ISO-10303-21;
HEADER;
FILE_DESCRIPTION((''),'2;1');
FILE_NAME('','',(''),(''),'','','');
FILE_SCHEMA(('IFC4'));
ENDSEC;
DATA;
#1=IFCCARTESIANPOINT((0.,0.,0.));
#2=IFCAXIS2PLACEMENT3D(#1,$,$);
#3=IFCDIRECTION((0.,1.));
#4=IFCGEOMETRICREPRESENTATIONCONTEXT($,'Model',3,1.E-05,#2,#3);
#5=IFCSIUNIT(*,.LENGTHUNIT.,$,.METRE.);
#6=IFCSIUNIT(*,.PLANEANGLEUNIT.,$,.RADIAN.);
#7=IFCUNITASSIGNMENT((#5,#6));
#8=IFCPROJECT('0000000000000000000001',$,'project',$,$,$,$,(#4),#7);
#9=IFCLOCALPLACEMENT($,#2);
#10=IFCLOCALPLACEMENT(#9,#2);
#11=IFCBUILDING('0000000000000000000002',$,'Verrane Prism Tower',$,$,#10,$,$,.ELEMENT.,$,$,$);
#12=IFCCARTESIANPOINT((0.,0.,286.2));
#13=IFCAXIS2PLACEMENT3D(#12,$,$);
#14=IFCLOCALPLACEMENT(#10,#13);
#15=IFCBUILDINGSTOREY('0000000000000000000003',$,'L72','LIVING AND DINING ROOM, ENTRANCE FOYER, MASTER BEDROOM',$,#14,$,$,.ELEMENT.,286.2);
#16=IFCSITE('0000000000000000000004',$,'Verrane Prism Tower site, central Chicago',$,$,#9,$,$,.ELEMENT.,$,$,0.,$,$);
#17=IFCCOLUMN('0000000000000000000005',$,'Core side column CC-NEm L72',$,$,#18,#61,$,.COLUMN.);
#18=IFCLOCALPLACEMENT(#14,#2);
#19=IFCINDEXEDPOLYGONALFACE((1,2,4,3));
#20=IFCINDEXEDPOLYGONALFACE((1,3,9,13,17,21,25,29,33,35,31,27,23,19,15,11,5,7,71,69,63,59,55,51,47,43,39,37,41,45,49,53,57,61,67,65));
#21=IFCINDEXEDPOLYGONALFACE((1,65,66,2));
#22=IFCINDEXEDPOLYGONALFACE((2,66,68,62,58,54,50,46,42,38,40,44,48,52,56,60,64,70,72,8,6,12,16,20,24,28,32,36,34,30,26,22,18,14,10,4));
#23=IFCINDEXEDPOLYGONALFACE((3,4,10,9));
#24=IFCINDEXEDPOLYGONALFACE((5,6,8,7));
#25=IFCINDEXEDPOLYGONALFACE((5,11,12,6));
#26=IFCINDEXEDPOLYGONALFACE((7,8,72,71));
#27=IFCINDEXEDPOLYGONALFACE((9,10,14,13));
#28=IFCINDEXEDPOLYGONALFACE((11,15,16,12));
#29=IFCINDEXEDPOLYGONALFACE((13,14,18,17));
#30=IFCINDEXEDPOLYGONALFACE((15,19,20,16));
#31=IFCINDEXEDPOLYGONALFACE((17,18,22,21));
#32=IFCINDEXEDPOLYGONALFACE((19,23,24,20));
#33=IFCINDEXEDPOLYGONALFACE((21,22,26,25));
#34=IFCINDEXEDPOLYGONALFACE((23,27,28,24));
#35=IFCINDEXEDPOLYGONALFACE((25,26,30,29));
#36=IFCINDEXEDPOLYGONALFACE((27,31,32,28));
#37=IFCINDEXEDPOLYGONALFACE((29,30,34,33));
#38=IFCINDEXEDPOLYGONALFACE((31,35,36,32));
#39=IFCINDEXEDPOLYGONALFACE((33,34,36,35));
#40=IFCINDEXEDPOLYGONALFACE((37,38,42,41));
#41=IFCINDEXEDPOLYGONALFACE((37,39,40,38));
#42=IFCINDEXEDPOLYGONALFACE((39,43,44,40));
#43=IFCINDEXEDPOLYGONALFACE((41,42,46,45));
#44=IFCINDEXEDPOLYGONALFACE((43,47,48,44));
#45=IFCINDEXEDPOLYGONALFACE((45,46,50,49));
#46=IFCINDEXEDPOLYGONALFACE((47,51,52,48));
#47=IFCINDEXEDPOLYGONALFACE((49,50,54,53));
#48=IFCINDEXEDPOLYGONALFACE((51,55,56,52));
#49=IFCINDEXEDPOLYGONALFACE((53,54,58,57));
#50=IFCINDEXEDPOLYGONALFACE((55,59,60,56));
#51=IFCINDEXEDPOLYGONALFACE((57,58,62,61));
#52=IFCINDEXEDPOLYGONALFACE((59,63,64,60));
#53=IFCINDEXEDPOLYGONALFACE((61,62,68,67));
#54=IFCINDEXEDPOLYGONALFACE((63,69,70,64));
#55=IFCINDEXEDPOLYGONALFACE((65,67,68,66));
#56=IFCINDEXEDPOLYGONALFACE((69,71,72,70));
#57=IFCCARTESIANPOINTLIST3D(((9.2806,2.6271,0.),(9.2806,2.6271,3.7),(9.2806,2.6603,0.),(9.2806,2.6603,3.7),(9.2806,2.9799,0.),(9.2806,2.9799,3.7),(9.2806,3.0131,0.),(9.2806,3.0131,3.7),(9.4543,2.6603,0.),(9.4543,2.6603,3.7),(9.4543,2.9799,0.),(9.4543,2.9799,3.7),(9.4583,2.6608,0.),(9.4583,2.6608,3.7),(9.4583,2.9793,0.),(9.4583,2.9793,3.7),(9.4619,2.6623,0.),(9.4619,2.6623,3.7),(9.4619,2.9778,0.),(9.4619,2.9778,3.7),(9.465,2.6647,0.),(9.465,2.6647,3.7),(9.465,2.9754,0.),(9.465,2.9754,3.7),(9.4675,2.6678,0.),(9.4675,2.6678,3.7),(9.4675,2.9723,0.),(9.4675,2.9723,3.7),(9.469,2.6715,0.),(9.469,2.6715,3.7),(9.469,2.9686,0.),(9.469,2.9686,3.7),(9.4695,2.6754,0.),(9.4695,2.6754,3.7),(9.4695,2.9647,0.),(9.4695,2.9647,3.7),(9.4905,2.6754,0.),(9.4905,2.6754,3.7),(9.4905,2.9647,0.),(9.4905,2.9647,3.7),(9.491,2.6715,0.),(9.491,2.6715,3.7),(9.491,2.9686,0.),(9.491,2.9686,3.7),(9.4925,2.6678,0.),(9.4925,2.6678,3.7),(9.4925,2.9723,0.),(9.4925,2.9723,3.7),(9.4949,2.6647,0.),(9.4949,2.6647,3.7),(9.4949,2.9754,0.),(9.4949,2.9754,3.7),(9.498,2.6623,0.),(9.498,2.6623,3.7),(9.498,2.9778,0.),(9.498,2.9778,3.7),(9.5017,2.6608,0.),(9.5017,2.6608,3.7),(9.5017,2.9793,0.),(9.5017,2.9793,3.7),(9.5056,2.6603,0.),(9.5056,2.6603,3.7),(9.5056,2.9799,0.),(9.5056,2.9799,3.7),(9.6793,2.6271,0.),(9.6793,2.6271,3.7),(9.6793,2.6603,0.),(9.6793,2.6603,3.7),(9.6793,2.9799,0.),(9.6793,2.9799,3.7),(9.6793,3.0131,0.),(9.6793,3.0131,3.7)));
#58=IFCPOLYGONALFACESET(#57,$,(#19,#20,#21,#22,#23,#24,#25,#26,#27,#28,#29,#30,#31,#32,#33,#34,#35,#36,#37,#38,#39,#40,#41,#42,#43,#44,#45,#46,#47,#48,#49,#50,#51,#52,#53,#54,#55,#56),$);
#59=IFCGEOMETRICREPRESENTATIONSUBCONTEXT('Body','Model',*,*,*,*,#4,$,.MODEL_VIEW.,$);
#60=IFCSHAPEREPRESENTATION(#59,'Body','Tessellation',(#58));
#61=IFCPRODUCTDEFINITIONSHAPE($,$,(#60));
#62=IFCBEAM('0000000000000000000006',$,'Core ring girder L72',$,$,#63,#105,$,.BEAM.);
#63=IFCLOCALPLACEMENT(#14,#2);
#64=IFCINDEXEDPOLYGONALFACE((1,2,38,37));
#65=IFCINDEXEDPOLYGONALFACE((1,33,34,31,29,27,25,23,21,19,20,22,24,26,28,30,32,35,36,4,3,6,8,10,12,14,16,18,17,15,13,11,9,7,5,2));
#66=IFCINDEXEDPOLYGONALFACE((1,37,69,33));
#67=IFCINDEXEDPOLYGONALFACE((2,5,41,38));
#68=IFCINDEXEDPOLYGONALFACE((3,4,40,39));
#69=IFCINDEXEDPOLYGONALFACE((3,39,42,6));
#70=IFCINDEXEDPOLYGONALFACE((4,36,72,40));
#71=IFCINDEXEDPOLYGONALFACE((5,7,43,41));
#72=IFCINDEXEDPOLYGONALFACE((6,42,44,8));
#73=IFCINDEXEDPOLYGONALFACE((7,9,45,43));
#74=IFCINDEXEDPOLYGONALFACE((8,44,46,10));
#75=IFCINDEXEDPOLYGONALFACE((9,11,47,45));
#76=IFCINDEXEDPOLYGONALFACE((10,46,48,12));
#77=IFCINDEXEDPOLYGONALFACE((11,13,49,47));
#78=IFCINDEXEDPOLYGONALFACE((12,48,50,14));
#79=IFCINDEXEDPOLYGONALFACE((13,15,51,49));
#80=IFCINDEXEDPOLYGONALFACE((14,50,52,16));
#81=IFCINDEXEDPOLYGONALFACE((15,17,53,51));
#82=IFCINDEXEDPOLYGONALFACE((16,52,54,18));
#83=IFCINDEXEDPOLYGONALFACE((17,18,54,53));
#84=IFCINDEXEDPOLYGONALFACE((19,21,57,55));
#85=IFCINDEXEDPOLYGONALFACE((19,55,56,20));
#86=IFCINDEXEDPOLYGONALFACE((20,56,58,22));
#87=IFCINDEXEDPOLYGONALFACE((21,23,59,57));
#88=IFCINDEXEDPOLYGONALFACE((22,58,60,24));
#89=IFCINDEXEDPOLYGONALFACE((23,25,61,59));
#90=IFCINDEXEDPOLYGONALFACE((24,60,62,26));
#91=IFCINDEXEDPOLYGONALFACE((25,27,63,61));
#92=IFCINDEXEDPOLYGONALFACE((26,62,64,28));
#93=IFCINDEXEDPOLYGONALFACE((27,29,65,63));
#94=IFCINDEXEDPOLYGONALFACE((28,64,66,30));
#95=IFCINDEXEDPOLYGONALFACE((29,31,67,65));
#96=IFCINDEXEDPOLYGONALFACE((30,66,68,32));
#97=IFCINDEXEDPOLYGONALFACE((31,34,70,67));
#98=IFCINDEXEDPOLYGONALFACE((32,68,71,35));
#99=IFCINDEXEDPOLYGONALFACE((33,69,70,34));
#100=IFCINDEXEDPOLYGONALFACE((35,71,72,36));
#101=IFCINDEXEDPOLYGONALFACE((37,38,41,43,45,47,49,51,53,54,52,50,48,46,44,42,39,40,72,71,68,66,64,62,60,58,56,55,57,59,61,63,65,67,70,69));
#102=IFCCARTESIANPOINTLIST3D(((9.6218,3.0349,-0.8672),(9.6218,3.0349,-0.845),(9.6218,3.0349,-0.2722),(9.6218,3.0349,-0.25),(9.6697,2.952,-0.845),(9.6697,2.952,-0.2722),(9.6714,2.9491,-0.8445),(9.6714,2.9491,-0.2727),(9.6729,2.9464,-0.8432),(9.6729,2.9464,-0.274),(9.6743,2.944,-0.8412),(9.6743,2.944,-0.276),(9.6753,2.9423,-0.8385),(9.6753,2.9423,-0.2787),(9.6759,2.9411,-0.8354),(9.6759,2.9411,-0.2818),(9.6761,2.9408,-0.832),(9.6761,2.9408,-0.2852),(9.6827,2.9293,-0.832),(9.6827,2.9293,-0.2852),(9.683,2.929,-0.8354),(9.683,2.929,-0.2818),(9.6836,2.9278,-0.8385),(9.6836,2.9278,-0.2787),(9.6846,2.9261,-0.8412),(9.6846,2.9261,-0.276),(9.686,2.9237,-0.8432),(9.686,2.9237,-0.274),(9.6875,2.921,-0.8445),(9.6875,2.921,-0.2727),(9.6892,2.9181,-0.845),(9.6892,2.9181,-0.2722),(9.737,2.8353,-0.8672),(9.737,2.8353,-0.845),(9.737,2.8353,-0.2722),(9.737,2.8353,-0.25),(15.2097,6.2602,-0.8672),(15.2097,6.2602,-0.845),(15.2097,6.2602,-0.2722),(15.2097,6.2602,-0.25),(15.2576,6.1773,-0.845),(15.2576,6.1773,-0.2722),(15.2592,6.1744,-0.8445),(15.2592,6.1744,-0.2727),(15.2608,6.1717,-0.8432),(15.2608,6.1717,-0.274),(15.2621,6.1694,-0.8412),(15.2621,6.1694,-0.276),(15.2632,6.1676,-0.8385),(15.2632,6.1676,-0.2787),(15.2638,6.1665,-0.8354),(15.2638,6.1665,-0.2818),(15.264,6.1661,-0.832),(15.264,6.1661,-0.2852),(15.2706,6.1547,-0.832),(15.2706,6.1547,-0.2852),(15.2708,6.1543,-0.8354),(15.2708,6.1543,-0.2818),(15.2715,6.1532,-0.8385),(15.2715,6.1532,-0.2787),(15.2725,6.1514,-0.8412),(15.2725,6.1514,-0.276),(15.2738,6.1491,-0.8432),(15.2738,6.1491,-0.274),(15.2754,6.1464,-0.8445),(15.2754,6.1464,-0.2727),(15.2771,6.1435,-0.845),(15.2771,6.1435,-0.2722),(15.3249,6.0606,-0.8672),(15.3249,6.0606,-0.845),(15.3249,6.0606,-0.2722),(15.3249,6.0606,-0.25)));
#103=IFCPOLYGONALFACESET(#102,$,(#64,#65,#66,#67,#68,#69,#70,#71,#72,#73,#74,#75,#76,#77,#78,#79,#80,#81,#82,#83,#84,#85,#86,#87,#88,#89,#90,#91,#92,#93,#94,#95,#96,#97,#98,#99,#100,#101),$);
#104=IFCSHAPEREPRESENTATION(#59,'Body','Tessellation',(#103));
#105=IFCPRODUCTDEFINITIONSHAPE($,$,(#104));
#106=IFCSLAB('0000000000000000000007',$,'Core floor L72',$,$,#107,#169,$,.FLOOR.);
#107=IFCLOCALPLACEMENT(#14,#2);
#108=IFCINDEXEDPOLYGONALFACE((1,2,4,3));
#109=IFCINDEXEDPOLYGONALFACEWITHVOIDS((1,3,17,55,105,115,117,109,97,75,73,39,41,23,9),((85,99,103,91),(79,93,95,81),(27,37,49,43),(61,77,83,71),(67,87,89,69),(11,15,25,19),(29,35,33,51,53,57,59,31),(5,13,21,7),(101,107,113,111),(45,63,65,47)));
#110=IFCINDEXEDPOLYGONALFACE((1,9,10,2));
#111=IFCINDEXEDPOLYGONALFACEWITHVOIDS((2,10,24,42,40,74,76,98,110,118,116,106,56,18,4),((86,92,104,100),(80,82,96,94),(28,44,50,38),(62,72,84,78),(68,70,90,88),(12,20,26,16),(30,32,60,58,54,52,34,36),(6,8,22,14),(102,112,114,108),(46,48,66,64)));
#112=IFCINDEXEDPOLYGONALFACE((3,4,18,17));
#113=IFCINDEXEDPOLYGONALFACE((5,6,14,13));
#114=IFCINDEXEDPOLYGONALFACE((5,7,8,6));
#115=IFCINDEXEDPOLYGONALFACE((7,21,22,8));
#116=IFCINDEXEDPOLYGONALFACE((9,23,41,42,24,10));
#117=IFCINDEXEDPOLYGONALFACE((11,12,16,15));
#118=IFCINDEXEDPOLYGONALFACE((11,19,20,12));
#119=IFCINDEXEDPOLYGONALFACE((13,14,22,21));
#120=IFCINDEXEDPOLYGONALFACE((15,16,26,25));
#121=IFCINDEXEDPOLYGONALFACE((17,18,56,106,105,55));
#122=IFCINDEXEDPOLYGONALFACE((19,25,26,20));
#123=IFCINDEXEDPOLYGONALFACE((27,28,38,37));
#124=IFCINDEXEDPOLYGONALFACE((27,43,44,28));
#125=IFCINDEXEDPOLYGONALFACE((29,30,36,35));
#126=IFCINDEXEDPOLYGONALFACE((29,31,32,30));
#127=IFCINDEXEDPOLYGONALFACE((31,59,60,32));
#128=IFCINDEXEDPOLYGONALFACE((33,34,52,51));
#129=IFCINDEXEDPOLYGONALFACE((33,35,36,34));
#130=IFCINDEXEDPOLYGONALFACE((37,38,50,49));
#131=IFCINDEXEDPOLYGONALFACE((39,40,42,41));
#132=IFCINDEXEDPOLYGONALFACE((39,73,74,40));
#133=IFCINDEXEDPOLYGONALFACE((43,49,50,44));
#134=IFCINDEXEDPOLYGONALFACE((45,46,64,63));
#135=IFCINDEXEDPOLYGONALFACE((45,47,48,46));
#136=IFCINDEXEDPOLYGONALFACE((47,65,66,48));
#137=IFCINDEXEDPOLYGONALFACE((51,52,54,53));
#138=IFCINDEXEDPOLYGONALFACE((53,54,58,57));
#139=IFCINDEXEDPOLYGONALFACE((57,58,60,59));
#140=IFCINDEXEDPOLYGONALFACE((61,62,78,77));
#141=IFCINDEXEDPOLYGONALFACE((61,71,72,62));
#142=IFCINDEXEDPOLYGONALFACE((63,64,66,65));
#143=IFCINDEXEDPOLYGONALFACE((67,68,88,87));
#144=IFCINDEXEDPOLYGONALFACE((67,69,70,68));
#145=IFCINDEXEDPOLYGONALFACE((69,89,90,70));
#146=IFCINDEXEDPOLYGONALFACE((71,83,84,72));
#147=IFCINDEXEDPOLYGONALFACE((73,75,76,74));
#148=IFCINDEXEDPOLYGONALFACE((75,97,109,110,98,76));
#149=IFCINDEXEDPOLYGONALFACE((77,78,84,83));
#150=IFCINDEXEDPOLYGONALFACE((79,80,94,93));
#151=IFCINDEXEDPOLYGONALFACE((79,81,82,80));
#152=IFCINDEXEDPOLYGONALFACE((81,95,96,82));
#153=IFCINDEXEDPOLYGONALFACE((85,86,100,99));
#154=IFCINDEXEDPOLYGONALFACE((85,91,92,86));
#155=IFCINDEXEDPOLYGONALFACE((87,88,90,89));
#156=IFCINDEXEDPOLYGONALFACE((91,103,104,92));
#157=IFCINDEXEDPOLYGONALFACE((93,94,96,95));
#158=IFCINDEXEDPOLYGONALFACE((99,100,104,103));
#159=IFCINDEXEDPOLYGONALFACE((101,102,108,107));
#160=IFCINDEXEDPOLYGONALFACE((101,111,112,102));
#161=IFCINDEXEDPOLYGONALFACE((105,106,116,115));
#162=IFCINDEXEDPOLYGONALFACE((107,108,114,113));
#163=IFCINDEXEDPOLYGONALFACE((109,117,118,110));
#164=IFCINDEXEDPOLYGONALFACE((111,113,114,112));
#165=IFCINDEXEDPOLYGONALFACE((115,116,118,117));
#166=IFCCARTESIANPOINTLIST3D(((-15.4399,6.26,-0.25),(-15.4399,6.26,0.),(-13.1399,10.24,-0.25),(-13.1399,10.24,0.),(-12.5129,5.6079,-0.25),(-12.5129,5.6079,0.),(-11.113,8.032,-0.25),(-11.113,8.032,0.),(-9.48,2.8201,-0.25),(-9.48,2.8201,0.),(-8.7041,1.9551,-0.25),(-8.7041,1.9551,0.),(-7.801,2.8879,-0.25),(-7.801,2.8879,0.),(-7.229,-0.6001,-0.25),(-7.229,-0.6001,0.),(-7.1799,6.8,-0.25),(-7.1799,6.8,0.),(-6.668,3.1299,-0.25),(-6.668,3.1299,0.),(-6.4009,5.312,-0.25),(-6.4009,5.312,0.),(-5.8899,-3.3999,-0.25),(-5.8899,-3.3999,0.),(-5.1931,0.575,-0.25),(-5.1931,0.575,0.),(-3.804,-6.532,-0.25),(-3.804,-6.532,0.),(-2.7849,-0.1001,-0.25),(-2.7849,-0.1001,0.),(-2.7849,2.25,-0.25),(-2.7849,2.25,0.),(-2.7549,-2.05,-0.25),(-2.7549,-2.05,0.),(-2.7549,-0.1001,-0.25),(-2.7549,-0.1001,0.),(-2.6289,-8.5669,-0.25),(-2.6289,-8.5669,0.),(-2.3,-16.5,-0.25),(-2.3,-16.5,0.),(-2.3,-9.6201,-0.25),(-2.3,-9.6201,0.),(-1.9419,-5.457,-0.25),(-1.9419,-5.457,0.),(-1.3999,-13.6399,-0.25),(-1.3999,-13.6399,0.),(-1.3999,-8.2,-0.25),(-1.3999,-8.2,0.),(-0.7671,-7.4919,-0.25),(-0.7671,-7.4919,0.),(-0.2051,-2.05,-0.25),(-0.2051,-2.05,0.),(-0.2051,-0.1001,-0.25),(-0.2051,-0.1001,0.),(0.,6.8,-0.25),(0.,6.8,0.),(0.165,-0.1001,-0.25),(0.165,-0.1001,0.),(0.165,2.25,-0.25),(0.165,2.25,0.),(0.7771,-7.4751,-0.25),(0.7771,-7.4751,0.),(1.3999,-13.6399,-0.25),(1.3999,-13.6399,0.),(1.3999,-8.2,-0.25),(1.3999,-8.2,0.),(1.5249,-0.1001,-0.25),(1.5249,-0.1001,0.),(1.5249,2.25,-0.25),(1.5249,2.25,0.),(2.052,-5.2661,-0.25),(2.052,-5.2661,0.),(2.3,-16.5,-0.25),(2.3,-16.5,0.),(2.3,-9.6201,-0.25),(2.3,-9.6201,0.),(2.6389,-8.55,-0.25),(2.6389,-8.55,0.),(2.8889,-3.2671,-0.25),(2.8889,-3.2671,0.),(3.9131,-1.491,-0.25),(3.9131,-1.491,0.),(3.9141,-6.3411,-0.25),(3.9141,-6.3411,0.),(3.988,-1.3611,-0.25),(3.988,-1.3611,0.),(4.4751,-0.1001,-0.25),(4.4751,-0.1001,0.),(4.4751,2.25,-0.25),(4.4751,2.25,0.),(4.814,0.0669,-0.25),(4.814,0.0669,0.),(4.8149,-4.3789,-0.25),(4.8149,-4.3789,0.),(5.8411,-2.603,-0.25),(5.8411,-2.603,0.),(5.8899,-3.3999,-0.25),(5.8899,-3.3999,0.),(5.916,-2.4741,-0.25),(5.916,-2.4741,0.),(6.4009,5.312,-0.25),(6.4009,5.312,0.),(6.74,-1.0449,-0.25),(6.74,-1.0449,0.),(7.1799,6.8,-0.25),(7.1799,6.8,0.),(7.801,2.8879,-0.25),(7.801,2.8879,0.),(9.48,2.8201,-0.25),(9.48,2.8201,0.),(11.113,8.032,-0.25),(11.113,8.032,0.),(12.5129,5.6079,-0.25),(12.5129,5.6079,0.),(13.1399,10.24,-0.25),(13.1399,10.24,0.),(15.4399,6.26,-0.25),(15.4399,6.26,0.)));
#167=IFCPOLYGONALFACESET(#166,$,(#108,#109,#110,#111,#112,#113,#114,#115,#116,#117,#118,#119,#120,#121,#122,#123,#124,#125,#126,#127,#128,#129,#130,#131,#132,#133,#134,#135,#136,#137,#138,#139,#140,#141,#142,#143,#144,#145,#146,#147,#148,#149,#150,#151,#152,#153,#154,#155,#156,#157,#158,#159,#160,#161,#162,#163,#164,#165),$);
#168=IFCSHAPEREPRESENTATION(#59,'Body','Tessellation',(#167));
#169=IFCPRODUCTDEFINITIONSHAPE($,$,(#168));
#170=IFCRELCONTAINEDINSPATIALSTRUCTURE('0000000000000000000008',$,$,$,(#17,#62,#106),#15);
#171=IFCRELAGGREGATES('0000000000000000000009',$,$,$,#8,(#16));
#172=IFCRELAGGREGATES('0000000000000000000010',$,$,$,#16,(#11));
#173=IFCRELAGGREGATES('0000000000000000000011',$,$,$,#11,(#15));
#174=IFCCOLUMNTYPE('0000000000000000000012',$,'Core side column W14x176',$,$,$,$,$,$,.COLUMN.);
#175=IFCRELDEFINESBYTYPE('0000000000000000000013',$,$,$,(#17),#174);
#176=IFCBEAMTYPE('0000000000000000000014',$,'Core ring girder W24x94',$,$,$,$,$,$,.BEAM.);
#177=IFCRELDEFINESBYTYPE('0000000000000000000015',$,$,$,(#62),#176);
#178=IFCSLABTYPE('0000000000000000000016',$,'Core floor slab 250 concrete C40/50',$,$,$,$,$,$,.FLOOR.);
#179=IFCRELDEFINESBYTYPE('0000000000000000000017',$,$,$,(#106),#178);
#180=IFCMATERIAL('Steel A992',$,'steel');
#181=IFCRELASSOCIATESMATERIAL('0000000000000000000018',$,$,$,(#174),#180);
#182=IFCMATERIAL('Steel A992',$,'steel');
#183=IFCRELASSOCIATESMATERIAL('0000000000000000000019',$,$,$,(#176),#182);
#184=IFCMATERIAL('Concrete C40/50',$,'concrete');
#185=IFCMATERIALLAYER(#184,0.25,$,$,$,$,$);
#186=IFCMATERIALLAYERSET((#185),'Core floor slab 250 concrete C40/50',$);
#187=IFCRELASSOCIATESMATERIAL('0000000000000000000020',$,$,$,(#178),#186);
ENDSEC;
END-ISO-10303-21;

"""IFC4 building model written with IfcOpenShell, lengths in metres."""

from ifc_helpers import new_model, si_unit, direction, frame, origin, origin_2d, place, context, subcontext, project, spatial, polyline, i_section, outline, extrude, material, layer, layer_set, material_profile, profile_set, type_object, element, save


model = new_model("IFC4")

# Units and contexts
model_context = context("Model", 3, precision=1e-05, world=origin(), true_north=direction((0.0, 1.0)))
body_context = subcontext(model_context, "Body", "Model", "MODEL_VIEW")
ifc_project = project(units=[si_unit("LENGTHUNIT", "METRE"), si_unit("PLANEANGLEUNIT", "RADIAN")], contexts=[model_context])

# Site, building, storey
site_placement = place(None, origin())
site = spatial("IfcSite", under=ifc_project, at=site_placement, Name="Verrane Prism Tower site, central Chicago", CompositionType="ELEMENT", RefElevation=0.0)
building_placement = place(site_placement, origin())
building = spatial("IfcBuilding", under=site, at=building_placement, Name="Verrane Prism Tower", CompositionType="ELEMENT")
storey_placement = place(building_placement, frame((0.0, 0.0, 286.2)))
storey = spatial("IfcBuildingStorey", under=building, at=storey_placement, Name="L72", Description="LIVING AND DINING ROOM, ENTRANCE FOYER, MASTER BEDROOM", CompositionType="ELEMENT", Elevation=286.2)

# Column
ifc_material_1 = material(Name="Steel A992", Category="steel")
ifc_material_profile_1 = material_profile(ifc_material_1, i_section(OverallWidth=0.3987, OverallDepth=0.386, WebThickness=0.021, FlangeThickness=0.0332, FilletRadius=0.0151, at=origin_2d()), Name="W14x176")
ifc_profile_set_1 = profile_set([ifc_material_profile_1], Name="Steel A992")
column_type = type_object("IfcColumnType", Name="Core side column W14x176", PredefinedType="COLUMN", material=ifc_profile_set_1)
column_placement = place(storey_placement, frame((9.48, 2.8201, 0.0), z_axis=(0.0, 0.0, 1.0), x_axis=(1.0, 0.0, 0.0)))
element("IfcColumn", 1, at=column_placement, inside=storey, type_object=column_type, Name="Core side column CC-NEm L72", PredefinedType="COLUMN", context=body_context, shape_type="SweptSolid", body=[
    extrude(i_section(OverallWidth=0.3987, OverallDepth=0.386, WebThickness=0.021, FlangeThickness=0.0332, FilletRadius=0.0151, at=origin_2d()), origin(), (0.0, 0.0, 1.0), 3.7),
])

# Beam
ifc_material_2 = material(Name="Steel A992", Category="steel")
ifc_material_profile_2 = material_profile(ifc_material_2, i_section(OverallWidth=0.2305, OverallDepth=0.6172, WebThickness=0.0132, FlangeThickness=0.0222, FilletRadius=0.0129, at=origin_2d()), Name="W24x94")
ifc_profile_set_2 = profile_set([ifc_material_profile_2], Name="Steel A992")
beam_type = type_object("IfcBeamType", Name="Core ring girder W24x94", PredefinedType="BEAM", material=ifc_profile_set_2)
beam_placement = place(storey_placement, frame((9.6794, 2.9351, -0.5586), z_axis=(0.866081, 0.499904, 0.0), x_axis=(-0.499904, 0.866081, 0.0)))
element("IfcBeam", 2, at=beam_placement, inside=storey, type_object=beam_type, Name="Core ring girder L72", PredefinedType="BEAM", context=body_context, shape_type="SweptSolid", body=[
    extrude(i_section(OverallWidth=0.2305, OverallDepth=0.6172, WebThickness=0.0132, FlangeThickness=0.0222, FilletRadius=0.0129, at=origin_2d()), origin(), (0.0, 0.0, 1.0), 6.4519),
])

# Slab
ifc_material_3 = material(Name="Concrete C40/50", Category="concrete")
ifc_layer_1 = layer(ifc_material_3, 0.25)
ifc_layer_set_1 = layer_set([ifc_layer_1], Name="Core floor slab 250 concrete C40/50")
slab_type_1 = type_object("IfcSlabType", Name="Core floor slab 250 concrete C40/50", PredefinedType="FLOOR", material=ifc_layer_set_1)
slab_1_placement = place(storey_placement, frame((0.0, 0.0, -0.25)))
element("IfcSlab", 3, at=slab_1_placement, inside=storey, type_object=slab_type_1, Name="Core floor L72", PredefinedType="FLOOR", context=body_context, shape_type="SweptSolid", body=[
    extrude(outline(polyline([(9.48, 2.8201), (15.4399, 6.26), (13.1399, 10.24), (7.1799, 6.8), (0.0, 6.8), (-7.1799, 6.8), (-13.1399, 10.24), (-15.4399, 6.26), (-9.48, 2.8201), (-5.8899, -3.3999), (-2.3, -9.6201), (-2.3, -16.5), (2.3, -16.5), (2.3, -9.6201), (5.8899, -3.3999), (9.48, 2.8201)]), holes=[polyline([(-1.3999, -8.2), (1.3999, -8.2), (1.3999, -13.6399), (-1.3999, -13.6399), (-1.3999, -8.2)]), polyline([(-0.7671, -7.4919), (-2.6289, -8.5669), (-3.804, -6.532), (-1.9419, -5.457), (-0.7671, -7.4919)]), polyline([(3.9141, -6.3411), (2.6389, -8.55), (0.7771, -7.4751), (2.052, -5.2661), (3.9141, -6.3411)]), polyline([(4.8149, -4.3789), (2.8889, -3.2671), (3.9131, -1.491), (5.8411, -2.603), (4.8149, -4.3789)]), polyline([(6.74, -1.0449), (5.916, -2.4741), (3.988, -1.3611), (4.814, 0.0669), (6.74, -1.0449)]), polyline([(-2.7849, -0.1001), (-2.7849, 2.25), (0.165, 2.25), (0.165, -0.1001), (-0.2051, -0.1001), (-0.2051, -2.05), (-2.7549, -2.05), (-2.7549, -0.1001), (-2.7849, -0.1001)]), polyline([(4.4751, 2.25), (4.4751, -0.1001), (1.5249, -0.1001), (1.5249, 2.25), (4.4751, 2.25)]), polyline([(-8.7041, 1.9551), (-6.668, 3.1299), (-5.1931, 0.575), (-7.229, -0.6001), (-8.7041, 1.9551)]), polyline([(-7.801, 2.8879), (-12.5129, 5.6079), (-11.113, 8.032), (-6.4009, 5.312), (-7.801, 2.8879)]), polyline([(6.4009, 5.312), (11.113, 8.032), (12.5129, 5.6079), (7.801, 2.8879), (6.4009, 5.312)])]), origin(), (0.0, 0.0, 1.0), 0.25),
])

save(model, "model.ifc")
